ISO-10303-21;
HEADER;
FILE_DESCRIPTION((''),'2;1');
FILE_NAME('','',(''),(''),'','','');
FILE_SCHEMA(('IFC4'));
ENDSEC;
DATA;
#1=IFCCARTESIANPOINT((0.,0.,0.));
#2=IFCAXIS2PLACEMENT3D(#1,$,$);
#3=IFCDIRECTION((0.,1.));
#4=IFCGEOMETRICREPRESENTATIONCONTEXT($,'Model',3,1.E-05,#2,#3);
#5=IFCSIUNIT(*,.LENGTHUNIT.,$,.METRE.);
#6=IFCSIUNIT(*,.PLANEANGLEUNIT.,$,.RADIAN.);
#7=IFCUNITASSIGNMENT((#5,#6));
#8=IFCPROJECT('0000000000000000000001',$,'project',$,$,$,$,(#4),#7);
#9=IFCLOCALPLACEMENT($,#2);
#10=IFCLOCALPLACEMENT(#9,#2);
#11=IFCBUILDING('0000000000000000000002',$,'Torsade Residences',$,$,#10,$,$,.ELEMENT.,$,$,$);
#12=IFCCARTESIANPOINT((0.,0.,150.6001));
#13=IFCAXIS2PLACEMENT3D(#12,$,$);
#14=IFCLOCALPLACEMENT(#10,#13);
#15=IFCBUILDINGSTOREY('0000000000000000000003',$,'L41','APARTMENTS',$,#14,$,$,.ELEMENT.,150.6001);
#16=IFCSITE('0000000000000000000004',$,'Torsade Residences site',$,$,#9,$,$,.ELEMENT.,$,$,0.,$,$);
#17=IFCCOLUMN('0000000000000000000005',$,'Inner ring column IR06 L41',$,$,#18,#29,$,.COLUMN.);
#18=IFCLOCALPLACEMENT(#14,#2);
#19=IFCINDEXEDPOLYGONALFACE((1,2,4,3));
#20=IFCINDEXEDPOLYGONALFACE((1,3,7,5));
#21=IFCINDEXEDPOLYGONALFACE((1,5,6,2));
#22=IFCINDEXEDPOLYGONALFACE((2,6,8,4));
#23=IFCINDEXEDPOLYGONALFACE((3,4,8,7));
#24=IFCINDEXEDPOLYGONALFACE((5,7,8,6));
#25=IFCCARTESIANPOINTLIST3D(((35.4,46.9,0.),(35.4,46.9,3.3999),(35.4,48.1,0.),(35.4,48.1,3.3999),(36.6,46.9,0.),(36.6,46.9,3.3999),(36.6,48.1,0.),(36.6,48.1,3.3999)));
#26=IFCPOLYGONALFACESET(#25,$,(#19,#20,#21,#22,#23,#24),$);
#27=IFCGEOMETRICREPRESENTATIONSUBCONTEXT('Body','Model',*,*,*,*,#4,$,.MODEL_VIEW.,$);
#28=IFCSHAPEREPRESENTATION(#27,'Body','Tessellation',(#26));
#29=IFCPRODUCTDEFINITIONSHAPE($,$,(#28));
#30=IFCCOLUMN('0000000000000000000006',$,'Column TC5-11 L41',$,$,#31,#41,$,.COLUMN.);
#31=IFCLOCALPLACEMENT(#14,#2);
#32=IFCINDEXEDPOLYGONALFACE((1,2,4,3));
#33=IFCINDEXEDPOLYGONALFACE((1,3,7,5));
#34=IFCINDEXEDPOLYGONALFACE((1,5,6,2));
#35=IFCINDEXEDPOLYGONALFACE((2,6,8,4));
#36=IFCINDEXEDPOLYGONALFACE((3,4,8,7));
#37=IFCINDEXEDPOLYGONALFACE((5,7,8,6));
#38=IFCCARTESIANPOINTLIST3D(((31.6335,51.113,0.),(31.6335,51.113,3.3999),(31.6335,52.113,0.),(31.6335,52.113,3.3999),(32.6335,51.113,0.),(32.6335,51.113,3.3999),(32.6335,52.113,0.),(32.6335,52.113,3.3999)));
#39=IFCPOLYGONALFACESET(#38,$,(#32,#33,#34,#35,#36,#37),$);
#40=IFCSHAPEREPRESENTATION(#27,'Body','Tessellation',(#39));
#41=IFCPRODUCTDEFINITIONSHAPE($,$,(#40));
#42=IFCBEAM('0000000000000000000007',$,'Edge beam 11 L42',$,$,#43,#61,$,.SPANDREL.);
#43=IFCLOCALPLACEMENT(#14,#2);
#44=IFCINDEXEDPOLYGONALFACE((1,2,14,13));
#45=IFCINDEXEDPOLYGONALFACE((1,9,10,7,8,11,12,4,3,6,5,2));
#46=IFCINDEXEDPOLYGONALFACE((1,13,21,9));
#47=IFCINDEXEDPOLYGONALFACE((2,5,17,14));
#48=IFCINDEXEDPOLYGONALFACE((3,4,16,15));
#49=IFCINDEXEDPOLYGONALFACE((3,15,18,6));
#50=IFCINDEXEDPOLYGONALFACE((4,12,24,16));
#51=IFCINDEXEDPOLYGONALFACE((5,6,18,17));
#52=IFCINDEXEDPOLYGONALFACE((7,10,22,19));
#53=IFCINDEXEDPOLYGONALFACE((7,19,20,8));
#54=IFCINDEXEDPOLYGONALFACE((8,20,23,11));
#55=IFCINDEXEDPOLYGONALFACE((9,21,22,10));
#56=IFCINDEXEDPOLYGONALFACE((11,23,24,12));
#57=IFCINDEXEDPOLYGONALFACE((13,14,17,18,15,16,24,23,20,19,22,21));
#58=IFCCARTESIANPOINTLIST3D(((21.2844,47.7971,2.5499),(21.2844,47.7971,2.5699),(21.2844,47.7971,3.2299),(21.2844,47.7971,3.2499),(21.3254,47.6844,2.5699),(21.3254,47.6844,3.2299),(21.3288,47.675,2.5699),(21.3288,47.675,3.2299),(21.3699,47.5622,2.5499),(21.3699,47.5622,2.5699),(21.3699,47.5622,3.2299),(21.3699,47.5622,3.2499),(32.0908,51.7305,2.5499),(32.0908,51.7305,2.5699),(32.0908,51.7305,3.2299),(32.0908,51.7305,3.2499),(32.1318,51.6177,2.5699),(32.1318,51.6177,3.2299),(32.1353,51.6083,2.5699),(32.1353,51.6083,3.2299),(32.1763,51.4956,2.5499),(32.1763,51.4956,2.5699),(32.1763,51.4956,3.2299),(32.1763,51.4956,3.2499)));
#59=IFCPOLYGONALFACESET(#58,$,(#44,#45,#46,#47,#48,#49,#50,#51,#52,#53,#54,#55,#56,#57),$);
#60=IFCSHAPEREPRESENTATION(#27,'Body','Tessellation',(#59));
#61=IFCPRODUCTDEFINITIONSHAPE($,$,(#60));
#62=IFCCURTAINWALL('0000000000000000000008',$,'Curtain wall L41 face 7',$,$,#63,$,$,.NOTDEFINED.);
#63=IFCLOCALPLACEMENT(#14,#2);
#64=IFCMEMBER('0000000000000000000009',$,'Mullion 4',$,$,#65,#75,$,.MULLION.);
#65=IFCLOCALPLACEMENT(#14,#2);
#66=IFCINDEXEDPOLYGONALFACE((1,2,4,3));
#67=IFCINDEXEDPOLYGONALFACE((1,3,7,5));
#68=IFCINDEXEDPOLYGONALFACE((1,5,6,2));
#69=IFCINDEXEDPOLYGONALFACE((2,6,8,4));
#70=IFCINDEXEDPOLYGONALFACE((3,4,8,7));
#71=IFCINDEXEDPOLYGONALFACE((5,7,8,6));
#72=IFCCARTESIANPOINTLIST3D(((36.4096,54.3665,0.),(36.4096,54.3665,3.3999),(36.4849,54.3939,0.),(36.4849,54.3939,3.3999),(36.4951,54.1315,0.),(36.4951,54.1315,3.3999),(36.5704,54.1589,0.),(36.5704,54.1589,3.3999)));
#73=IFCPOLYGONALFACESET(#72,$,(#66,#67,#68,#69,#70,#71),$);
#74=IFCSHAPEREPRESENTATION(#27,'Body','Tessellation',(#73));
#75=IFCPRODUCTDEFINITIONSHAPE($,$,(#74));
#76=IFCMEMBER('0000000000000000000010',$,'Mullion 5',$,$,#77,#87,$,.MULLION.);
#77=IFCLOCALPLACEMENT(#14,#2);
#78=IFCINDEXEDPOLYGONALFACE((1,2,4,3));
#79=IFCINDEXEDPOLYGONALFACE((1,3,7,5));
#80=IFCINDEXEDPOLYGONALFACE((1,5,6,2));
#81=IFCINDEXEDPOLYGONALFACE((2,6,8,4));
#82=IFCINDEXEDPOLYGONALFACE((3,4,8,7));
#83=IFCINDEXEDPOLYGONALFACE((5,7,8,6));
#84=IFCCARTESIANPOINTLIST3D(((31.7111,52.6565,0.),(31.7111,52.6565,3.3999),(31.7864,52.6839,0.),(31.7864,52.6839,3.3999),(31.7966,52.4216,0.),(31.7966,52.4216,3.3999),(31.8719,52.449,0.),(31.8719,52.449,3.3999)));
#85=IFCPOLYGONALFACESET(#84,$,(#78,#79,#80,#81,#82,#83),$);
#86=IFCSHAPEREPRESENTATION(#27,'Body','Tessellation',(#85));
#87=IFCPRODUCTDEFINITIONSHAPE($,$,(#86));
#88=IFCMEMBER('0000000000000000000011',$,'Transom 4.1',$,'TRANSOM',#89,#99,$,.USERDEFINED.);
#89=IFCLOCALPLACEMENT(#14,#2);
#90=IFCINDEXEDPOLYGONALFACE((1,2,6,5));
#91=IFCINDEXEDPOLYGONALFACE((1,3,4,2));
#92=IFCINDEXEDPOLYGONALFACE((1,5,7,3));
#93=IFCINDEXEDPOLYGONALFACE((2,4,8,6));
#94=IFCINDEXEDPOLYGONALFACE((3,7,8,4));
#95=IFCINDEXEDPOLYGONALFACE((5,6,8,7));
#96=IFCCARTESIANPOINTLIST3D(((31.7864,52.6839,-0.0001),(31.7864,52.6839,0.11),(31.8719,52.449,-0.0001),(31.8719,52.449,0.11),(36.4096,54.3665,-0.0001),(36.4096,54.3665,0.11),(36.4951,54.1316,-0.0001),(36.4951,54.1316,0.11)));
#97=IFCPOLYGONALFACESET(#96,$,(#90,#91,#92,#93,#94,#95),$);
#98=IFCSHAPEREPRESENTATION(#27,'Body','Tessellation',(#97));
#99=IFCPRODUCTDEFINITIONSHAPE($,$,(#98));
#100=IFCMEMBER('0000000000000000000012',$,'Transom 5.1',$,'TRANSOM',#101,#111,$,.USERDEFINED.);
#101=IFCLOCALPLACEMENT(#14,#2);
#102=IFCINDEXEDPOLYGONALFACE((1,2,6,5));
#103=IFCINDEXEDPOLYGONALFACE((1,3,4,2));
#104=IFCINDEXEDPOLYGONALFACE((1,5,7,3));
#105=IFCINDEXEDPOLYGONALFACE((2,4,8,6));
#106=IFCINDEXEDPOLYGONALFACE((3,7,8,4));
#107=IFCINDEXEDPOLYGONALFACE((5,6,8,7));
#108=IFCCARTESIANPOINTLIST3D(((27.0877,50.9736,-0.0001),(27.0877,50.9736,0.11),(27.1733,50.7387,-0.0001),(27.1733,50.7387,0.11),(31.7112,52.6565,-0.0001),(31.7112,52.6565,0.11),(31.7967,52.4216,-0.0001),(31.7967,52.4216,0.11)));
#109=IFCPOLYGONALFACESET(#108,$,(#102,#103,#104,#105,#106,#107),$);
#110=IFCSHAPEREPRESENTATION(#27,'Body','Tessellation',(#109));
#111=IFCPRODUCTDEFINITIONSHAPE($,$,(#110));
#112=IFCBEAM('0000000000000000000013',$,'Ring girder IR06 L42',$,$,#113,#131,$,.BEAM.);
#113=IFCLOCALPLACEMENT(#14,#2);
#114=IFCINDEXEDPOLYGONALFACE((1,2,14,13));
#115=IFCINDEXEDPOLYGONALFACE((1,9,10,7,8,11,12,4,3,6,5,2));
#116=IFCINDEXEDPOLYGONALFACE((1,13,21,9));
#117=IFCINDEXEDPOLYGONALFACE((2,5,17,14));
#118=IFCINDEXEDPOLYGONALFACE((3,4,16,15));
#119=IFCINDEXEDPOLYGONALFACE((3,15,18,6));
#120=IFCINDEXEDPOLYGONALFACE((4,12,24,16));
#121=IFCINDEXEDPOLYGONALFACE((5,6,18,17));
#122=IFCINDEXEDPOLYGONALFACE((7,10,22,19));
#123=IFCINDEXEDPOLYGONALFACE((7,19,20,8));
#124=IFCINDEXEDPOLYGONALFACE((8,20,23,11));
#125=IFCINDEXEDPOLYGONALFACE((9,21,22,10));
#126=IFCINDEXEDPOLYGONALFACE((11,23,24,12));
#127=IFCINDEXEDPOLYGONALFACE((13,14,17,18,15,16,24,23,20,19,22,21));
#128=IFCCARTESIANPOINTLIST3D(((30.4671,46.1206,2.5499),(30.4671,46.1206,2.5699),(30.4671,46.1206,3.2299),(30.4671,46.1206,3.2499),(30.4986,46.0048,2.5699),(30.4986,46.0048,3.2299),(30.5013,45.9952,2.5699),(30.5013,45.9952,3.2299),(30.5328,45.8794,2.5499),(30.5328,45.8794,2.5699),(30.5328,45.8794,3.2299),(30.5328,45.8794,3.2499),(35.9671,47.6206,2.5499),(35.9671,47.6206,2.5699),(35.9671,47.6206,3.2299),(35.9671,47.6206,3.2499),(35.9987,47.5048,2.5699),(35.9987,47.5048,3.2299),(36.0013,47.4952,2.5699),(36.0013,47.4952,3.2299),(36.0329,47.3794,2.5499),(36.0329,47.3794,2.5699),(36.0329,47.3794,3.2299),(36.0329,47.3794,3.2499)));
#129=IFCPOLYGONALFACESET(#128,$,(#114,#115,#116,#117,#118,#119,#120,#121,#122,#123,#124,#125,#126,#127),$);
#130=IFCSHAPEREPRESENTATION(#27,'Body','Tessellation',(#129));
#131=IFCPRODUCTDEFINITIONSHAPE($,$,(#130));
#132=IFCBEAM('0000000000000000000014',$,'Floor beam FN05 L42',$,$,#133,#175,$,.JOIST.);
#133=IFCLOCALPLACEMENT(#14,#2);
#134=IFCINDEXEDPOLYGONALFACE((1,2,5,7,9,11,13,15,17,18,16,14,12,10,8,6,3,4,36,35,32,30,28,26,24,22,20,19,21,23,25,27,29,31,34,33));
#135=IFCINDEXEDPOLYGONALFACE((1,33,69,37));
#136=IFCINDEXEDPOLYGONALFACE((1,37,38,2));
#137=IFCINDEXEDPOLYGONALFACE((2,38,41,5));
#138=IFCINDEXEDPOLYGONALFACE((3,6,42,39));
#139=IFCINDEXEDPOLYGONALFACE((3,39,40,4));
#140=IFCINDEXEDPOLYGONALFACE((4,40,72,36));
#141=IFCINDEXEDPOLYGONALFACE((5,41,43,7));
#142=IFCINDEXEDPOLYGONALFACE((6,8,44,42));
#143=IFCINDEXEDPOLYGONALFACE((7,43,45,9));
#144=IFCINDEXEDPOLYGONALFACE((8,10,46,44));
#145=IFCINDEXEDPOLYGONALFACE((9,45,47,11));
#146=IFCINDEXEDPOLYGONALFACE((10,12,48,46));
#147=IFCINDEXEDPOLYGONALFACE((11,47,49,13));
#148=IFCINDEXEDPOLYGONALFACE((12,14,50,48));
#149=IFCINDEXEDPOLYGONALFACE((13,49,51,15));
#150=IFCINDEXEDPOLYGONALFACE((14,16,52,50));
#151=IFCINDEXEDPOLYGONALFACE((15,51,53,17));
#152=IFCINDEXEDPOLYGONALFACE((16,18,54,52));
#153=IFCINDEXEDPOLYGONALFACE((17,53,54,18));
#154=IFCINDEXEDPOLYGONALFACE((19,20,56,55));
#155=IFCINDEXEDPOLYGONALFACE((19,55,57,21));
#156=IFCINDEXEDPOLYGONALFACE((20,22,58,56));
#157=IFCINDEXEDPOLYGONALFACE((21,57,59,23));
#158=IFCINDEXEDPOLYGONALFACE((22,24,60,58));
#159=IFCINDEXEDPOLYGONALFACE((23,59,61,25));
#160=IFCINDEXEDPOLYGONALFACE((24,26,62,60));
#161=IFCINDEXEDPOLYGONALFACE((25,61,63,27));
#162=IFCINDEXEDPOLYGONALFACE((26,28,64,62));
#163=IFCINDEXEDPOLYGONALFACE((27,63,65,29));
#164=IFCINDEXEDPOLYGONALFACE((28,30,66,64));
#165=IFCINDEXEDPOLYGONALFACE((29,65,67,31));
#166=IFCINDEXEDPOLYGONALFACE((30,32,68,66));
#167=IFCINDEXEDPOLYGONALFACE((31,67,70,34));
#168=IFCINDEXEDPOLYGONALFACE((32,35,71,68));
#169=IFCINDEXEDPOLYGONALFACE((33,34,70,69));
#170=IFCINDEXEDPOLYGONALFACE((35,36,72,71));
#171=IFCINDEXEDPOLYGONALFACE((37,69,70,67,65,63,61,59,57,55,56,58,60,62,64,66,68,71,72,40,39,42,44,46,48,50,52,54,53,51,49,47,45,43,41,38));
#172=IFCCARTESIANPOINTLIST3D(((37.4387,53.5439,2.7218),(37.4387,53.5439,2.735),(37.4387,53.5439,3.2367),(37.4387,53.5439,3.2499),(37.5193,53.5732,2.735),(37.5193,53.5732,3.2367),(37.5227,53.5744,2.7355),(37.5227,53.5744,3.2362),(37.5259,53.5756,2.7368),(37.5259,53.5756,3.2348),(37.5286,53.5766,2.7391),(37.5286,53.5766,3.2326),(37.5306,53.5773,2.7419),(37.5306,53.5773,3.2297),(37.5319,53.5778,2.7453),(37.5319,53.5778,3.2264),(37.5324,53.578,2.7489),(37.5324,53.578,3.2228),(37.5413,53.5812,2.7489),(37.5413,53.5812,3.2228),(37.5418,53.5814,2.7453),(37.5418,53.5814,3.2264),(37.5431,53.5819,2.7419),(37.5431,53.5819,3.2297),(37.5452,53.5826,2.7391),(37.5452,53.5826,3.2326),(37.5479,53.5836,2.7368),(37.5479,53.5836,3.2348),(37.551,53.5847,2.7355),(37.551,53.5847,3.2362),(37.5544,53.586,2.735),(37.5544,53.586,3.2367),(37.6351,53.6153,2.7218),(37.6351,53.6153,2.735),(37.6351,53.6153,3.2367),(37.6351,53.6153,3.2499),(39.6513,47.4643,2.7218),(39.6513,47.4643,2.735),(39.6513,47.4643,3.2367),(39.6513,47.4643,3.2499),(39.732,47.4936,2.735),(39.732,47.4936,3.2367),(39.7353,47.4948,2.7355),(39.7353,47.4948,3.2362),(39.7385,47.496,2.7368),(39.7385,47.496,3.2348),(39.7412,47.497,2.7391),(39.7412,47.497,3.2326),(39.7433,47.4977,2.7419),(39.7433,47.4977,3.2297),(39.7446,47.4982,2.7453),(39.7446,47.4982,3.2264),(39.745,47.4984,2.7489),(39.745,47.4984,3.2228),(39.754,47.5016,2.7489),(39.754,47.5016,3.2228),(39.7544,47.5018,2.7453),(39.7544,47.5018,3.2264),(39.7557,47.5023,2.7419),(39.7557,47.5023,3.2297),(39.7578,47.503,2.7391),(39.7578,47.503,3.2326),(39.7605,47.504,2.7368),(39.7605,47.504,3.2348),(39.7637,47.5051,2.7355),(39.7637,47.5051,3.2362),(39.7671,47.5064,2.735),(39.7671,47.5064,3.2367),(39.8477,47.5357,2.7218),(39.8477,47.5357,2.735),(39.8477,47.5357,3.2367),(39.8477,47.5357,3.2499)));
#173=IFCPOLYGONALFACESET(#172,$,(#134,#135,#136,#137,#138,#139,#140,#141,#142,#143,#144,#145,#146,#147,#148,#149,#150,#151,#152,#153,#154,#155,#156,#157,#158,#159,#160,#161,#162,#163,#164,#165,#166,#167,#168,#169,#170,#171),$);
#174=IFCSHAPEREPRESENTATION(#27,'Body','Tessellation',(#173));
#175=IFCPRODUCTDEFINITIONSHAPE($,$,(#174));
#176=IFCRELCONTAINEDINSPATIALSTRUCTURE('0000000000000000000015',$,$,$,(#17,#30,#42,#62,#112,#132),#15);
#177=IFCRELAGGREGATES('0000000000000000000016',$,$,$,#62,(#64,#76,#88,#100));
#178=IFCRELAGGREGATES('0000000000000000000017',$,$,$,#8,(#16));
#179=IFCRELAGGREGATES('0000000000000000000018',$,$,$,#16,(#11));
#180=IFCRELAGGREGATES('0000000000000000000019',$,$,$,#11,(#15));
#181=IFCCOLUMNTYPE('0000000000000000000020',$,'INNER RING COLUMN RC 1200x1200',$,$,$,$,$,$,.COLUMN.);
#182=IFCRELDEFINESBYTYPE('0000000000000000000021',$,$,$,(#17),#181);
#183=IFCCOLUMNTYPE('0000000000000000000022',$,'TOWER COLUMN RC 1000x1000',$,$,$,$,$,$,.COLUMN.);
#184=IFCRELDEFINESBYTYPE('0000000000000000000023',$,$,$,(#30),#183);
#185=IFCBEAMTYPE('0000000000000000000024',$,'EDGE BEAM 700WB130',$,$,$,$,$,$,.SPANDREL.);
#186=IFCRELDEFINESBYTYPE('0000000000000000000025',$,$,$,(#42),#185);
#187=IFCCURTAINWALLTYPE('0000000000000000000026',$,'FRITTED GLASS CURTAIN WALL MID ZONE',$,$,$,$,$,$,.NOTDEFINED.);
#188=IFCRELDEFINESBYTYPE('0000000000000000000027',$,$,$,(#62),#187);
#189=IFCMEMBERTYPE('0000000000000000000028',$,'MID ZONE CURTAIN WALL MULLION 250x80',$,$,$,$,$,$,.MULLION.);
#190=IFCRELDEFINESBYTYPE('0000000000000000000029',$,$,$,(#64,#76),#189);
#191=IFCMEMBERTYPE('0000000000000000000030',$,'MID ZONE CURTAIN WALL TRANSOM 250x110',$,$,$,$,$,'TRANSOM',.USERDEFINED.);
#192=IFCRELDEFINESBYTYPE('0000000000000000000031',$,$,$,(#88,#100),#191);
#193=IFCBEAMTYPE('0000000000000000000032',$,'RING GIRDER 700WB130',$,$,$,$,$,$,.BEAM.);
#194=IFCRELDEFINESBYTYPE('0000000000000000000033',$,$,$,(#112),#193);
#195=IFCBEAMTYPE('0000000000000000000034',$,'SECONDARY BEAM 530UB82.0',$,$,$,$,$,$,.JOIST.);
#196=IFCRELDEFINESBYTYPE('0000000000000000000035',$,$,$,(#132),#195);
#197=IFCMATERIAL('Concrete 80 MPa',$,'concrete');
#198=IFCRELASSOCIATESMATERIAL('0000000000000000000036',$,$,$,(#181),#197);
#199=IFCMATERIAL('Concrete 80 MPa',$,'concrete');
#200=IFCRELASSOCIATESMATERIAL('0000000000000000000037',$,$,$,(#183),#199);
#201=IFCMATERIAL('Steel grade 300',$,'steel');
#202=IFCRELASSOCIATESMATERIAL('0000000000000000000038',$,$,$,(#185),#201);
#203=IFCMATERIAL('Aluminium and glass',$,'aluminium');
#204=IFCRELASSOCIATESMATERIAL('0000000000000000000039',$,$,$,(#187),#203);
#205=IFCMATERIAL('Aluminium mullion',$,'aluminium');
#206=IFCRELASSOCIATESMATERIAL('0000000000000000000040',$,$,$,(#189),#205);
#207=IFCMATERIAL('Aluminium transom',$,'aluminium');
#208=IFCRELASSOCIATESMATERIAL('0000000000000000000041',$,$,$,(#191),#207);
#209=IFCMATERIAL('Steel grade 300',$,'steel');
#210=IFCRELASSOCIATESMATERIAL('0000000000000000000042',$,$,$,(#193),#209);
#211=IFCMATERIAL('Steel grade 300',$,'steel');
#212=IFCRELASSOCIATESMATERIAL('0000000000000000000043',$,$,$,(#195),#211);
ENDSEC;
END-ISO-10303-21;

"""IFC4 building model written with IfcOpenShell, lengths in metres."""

from ifc_helpers import new_model, si_unit, direction, frame, origin, origin_2d, place, context, subcontext, project, spatial, rectangle, i_section, extrude, material, material_profile, profile_set, type_object, element, aggregate, save


model = new_model("IFC4")

# Units and contexts
model_context = context("Model", 3, precision=1e-05, world=origin(), true_north=direction((0.0, 1.0)))
body_context = subcontext(model_context, "Body", "Model", "MODEL_VIEW")
ifc_project = project(units=[si_unit("LENGTHUNIT", "METRE"), si_unit("PLANEANGLEUNIT", "RADIAN")], contexts=[model_context])

# Site, building, storey
site_placement = place(None, origin())
site = spatial("IfcSite", under=ifc_project, at=site_placement, Name="Torsade Residences site", CompositionType="ELEMENT", RefElevation=0.0)
building_placement = place(site_placement, origin())
building = spatial("IfcBuilding", under=site, at=building_placement, Name="Torsade Residences", CompositionType="ELEMENT")
storey_placement = place(building_placement, frame((0.0, 0.0, 150.6001)))
storey = spatial("IfcBuildingStorey", under=building, at=storey_placement, Name="L41", Description="APARTMENTS", CompositionType="ELEMENT", Elevation=150.6001)

# Columns
ifc_material_1 = material(Name="Concrete 80 MPa", Category="concrete")
ifc_material_profile_1 = material_profile(ifc_material_1, rectangle(XDim=1.2, YDim=1.2, at=origin_2d()), Name="RC 1200x1200")
ifc_profile_set_1 = profile_set([ifc_material_profile_1], Name="Concrete 80 MPa")
column_type_1 = type_object("IfcColumnType", Name="INNER RING COLUMN RC 1200x1200", PredefinedType="COLUMN", material=ifc_profile_set_1)
column_1_placement = place(storey_placement, frame((36.0, 47.5, 0.0), z_axis=(0.0, 0.0, 1.0), x_axis=(1.0, 0.0, 0.0)))
element("IfcColumn", 1, at=column_1_placement, inside=storey, type_object=column_type_1, Name="Inner ring column IR06 L41", PredefinedType="COLUMN", context=body_context, shape_type="SweptSolid", body=[
    extrude(rectangle(XDim=1.2, YDim=1.2, at=origin_2d()), origin(), (0.0, 0.0, 1.0), 3.3999),
])
ifc_material_2 = material(Name="Concrete 80 MPa", Category="concrete")
ifc_material_profile_2 = material_profile(ifc_material_2, rectangle(XDim=1.0, YDim=1.0, at=origin_2d()), Name="RC 1000x1000")
ifc_profile_set_2 = profile_set([ifc_material_profile_2], Name="Concrete 80 MPa")
column_type_2 = type_object("IfcColumnType", Name="TOWER COLUMN RC 1000x1000", PredefinedType="COLUMN", material=ifc_profile_set_2)
column_2_placement = place(storey_placement, frame((32.1335, 51.613, 0.0), z_axis=(0.0, 0.0, 1.0), x_axis=(1.0, 0.0, 0.0)))
element("IfcColumn", 2, at=column_2_placement, inside=storey, type_object=column_type_2, Name="Column TC5-11 L41", PredefinedType="COLUMN", context=body_context, shape_type="SweptSolid", body=[
    extrude(rectangle(XDim=1.0, YDim=1.0, at=origin_2d()), origin(), (0.0, 0.0, 1.0), 3.3999),
])

# Beam
ifc_material_3 = material(Name="Steel grade 300", Category="steel")
ifc_material_profile_3 = material_profile(ifc_material_3, i_section(OverallWidth=0.25, OverallDepth=0.7, WebThickness=0.01, FlangeThickness=0.02, at=origin_2d()), Name="700WB130")
ifc_profile_set_3 = profile_set([ifc_material_profile_3], Name="Steel grade 300")
beam_type_1 = type_object("IfcBeamType", Name="EDGE BEAM 700WB130", PredefinedType="SPANDREL", material=ifc_profile_set_3)
beam_1_placement = place(storey_placement, frame((32.1335, 51.613, 2.8999), z_axis=(-0.939689, -0.342031, 0.0), x_axis=(0.342031, -0.939689, 0.0)))
element("IfcBeam", 3, at=beam_1_placement, inside=storey, type_object=beam_type_1, Name="Edge beam 11 L42", PredefinedType="SPANDREL", context=body_context, shape_type="SweptSolid", body=[
    extrude(i_section(OverallWidth=0.25, OverallDepth=0.7, WebThickness=0.01, FlangeThickness=0.02, at=origin_2d()), origin(), (0.0, 0.0, 1.0), 11.5),
])

# Curtain wall, members
ifc_material_4 = material(Name="Aluminium and glass", Category="aluminium")
curtain_wall_type = type_object("IfcCurtainWallType", Name="FRITTED GLASS CURTAIN WALL MID ZONE", PredefinedType="NOTDEFINED", material=ifc_material_4)
curtain_wall_placement = place(storey_placement, origin())
curtain_wall = element("IfcCurtainWall", 4, at=curtain_wall_placement, inside=storey, type_object=curtain_wall_type, Name="Curtain wall L41 face 7", PredefinedType="NOTDEFINED")
ifc_material_5 = material(Name="Aluminium mullion", Category="aluminium")
ifc_material_profile_4 = material_profile(ifc_material_5, rectangle(XDim=0.25, YDim=0.0801, at=origin_2d()), Name="MID ZONE CURTAIN WALL MULLION 250x80")
ifc_profile_set_4 = profile_set([ifc_material_profile_4], Name="Aluminium mullion")
member_type_1 = type_object("IfcMemberType", Name="MID ZONE CURTAIN WALL MULLION 250x80", PredefinedType="MULLION", material=ifc_profile_set_4)
member_1_placement = place(storey_placement, frame((36.49, 54.2627, 0.0), z_axis=(0.0, 0.0, 1.0), x_axis=(0.34202, -0.939693, 0.0)))
member_1 = element("IfcMember", 5, at=member_1_placement, type_object=member_type_1, Name="Mullion 4", PredefinedType="MULLION", context=body_context, shape_type="SweptSolid", body=[
    extrude(rectangle(XDim=0.25, YDim=0.0801, at=origin_2d()), origin(), (0.0, 0.0, 1.0), 3.3999),
])
member_2_placement = place(storey_placement, frame((31.7915, 52.5527, 0.0), z_axis=(0.0, 0.0, 1.0), x_axis=(0.34202, -0.939693, 0.0)))
member_2 = element("IfcMember", 6, at=member_2_placement, type_object=member_type_1, Name="Mullion 5", PredefinedType="MULLION", context=body_context, shape_type="SweptSolid", body=[
    extrude(rectangle(XDim=0.25, YDim=0.0801, at=origin_2d()), origin(), (0.0, 0.0, 1.0), 3.3999),
])
ifc_material_6 = material(Name="Aluminium transom", Category="aluminium")
ifc_material_profile_5 = material_profile(ifc_material_6, rectangle(XDim=0.25, YDim=0.1101, at=origin_2d()), Name="MID ZONE CURTAIN WALL TRANSOM 250x110")
ifc_profile_set_5 = profile_set([ifc_material_profile_5], Name="Aluminium transom")
member_type_2 = type_object("IfcMemberType", Name="MID ZONE CURTAIN WALL TRANSOM 250x110", ElementType="TRANSOM", PredefinedType="USERDEFINED", material=ifc_profile_set_5)
member_3_placement = place(storey_placement, frame((36.4524, 54.249, 0.0549), z_axis=(-0.939701, -0.341998, 0.0), x_axis=(0.341998, -0.939701, 0.0)))
member_3 = element("IfcMember", 7, at=member_3_placement, type_object=member_type_2, Name="Transom 4.1", ObjectType="TRANSOM", PredefinedType="USERDEFINED", context=body_context, shape_type="SweptSolid", body=[
    extrude(rectangle(XDim=0.25, YDim=0.1101, at=origin_2d()), origin(), (0.0, 0.0, 1.0), 4.9199),
])
member_4_placement = place(storey_placement, frame((31.7539, 52.5391, 0.0549), z_axis=(-0.939685, -0.342042, 0.0), x_axis=(0.342042, -0.939685, 0.0)))
member_4 = element("IfcMember", 8, at=member_4_placement, type_object=member_type_2, Name="Transom 5.1", ObjectType="TRANSOM", PredefinedType="USERDEFINED", context=body_context, shape_type="SweptSolid", body=[
    extrude(rectangle(XDim=0.25, YDim=0.1101, at=origin_2d()), origin(), (0.0, 0.0, 1.0), 4.9202),
])

# Beams
ifc_material_7 = material(Name="Steel grade 300", Category="steel")
ifc_material_profile_6 = material_profile(ifc_material_7, i_section(OverallWidth=0.25, OverallDepth=0.7, WebThickness=0.01, FlangeThickness=0.02, at=origin_2d()), Name="700WB130")
ifc_profile_set_6 = profile_set([ifc_material_profile_6], Name="Steel grade 300")
beam_type_2 = type_object("IfcBeamType", Name="RING GIRDER 700WB130", PredefinedType="BEAM", material=ifc_profile_set_6)
beam_2_placement = place(storey_placement, frame((36.0, 47.5, 2.8999), z_axis=(-0.964764, -0.263117, 0.0), x_axis=(0.263117, -0.964764, 0.0)))
element("IfcBeam", 9, at=beam_2_placement, inside=storey, type_object=beam_type_2, Name="Ring girder IR06 L42", PredefinedType="BEAM", context=body_context, shape_type="SweptSolid", body=[
    extrude(i_section(OverallWidth=0.25, OverallDepth=0.7, WebThickness=0.01, FlangeThickness=0.02, at=origin_2d()), origin(), (0.0, 0.0, 1.0), 5.7009),
])
ifc_material_8 = material(Name="Steel grade 300", Category="steel")
ifc_material_profile_7 = material_profile(ifc_material_8, i_section(OverallWidth=0.209, OverallDepth=0.5281, WebThickness=0.0095, FlangeThickness=0.0132, FilletRadius=0.0139, at=origin_2d()), Name="530UB82.0")
ifc_profile_set_7 = profile_set([ifc_material_profile_7], Name="Steel grade 300")
beam_type_3 = type_object("IfcBeamType", Name="SECONDARY BEAM 530UB82.0", PredefinedType="JOIST", material=ifc_profile_set_7)
beam_3_placement = place(storey_placement, frame((37.5369, 53.5796, 2.9858), z_axis=(0.342001, -0.9397, 0.0), x_axis=(0.9397, 0.342001, 0.0)))
element("IfcBeam", 10, at=beam_3_placement, inside=storey, type_object=beam_type_3, Name="Floor beam FN05 L42", PredefinedType="JOIST", context=body_context, shape_type="SweptSolid", body=[
    extrude(i_section(OverallWidth=0.209, OverallDepth=0.5281, WebThickness=0.0095, FlangeThickness=0.0132, FilletRadius=0.0139, at=origin_2d()), origin(), (0.0, 0.0, 1.0), 6.4697),
])

aggregate(curtain_wall, [member_1, member_2, member_3, member_4])

save(model, "model.ifc")
